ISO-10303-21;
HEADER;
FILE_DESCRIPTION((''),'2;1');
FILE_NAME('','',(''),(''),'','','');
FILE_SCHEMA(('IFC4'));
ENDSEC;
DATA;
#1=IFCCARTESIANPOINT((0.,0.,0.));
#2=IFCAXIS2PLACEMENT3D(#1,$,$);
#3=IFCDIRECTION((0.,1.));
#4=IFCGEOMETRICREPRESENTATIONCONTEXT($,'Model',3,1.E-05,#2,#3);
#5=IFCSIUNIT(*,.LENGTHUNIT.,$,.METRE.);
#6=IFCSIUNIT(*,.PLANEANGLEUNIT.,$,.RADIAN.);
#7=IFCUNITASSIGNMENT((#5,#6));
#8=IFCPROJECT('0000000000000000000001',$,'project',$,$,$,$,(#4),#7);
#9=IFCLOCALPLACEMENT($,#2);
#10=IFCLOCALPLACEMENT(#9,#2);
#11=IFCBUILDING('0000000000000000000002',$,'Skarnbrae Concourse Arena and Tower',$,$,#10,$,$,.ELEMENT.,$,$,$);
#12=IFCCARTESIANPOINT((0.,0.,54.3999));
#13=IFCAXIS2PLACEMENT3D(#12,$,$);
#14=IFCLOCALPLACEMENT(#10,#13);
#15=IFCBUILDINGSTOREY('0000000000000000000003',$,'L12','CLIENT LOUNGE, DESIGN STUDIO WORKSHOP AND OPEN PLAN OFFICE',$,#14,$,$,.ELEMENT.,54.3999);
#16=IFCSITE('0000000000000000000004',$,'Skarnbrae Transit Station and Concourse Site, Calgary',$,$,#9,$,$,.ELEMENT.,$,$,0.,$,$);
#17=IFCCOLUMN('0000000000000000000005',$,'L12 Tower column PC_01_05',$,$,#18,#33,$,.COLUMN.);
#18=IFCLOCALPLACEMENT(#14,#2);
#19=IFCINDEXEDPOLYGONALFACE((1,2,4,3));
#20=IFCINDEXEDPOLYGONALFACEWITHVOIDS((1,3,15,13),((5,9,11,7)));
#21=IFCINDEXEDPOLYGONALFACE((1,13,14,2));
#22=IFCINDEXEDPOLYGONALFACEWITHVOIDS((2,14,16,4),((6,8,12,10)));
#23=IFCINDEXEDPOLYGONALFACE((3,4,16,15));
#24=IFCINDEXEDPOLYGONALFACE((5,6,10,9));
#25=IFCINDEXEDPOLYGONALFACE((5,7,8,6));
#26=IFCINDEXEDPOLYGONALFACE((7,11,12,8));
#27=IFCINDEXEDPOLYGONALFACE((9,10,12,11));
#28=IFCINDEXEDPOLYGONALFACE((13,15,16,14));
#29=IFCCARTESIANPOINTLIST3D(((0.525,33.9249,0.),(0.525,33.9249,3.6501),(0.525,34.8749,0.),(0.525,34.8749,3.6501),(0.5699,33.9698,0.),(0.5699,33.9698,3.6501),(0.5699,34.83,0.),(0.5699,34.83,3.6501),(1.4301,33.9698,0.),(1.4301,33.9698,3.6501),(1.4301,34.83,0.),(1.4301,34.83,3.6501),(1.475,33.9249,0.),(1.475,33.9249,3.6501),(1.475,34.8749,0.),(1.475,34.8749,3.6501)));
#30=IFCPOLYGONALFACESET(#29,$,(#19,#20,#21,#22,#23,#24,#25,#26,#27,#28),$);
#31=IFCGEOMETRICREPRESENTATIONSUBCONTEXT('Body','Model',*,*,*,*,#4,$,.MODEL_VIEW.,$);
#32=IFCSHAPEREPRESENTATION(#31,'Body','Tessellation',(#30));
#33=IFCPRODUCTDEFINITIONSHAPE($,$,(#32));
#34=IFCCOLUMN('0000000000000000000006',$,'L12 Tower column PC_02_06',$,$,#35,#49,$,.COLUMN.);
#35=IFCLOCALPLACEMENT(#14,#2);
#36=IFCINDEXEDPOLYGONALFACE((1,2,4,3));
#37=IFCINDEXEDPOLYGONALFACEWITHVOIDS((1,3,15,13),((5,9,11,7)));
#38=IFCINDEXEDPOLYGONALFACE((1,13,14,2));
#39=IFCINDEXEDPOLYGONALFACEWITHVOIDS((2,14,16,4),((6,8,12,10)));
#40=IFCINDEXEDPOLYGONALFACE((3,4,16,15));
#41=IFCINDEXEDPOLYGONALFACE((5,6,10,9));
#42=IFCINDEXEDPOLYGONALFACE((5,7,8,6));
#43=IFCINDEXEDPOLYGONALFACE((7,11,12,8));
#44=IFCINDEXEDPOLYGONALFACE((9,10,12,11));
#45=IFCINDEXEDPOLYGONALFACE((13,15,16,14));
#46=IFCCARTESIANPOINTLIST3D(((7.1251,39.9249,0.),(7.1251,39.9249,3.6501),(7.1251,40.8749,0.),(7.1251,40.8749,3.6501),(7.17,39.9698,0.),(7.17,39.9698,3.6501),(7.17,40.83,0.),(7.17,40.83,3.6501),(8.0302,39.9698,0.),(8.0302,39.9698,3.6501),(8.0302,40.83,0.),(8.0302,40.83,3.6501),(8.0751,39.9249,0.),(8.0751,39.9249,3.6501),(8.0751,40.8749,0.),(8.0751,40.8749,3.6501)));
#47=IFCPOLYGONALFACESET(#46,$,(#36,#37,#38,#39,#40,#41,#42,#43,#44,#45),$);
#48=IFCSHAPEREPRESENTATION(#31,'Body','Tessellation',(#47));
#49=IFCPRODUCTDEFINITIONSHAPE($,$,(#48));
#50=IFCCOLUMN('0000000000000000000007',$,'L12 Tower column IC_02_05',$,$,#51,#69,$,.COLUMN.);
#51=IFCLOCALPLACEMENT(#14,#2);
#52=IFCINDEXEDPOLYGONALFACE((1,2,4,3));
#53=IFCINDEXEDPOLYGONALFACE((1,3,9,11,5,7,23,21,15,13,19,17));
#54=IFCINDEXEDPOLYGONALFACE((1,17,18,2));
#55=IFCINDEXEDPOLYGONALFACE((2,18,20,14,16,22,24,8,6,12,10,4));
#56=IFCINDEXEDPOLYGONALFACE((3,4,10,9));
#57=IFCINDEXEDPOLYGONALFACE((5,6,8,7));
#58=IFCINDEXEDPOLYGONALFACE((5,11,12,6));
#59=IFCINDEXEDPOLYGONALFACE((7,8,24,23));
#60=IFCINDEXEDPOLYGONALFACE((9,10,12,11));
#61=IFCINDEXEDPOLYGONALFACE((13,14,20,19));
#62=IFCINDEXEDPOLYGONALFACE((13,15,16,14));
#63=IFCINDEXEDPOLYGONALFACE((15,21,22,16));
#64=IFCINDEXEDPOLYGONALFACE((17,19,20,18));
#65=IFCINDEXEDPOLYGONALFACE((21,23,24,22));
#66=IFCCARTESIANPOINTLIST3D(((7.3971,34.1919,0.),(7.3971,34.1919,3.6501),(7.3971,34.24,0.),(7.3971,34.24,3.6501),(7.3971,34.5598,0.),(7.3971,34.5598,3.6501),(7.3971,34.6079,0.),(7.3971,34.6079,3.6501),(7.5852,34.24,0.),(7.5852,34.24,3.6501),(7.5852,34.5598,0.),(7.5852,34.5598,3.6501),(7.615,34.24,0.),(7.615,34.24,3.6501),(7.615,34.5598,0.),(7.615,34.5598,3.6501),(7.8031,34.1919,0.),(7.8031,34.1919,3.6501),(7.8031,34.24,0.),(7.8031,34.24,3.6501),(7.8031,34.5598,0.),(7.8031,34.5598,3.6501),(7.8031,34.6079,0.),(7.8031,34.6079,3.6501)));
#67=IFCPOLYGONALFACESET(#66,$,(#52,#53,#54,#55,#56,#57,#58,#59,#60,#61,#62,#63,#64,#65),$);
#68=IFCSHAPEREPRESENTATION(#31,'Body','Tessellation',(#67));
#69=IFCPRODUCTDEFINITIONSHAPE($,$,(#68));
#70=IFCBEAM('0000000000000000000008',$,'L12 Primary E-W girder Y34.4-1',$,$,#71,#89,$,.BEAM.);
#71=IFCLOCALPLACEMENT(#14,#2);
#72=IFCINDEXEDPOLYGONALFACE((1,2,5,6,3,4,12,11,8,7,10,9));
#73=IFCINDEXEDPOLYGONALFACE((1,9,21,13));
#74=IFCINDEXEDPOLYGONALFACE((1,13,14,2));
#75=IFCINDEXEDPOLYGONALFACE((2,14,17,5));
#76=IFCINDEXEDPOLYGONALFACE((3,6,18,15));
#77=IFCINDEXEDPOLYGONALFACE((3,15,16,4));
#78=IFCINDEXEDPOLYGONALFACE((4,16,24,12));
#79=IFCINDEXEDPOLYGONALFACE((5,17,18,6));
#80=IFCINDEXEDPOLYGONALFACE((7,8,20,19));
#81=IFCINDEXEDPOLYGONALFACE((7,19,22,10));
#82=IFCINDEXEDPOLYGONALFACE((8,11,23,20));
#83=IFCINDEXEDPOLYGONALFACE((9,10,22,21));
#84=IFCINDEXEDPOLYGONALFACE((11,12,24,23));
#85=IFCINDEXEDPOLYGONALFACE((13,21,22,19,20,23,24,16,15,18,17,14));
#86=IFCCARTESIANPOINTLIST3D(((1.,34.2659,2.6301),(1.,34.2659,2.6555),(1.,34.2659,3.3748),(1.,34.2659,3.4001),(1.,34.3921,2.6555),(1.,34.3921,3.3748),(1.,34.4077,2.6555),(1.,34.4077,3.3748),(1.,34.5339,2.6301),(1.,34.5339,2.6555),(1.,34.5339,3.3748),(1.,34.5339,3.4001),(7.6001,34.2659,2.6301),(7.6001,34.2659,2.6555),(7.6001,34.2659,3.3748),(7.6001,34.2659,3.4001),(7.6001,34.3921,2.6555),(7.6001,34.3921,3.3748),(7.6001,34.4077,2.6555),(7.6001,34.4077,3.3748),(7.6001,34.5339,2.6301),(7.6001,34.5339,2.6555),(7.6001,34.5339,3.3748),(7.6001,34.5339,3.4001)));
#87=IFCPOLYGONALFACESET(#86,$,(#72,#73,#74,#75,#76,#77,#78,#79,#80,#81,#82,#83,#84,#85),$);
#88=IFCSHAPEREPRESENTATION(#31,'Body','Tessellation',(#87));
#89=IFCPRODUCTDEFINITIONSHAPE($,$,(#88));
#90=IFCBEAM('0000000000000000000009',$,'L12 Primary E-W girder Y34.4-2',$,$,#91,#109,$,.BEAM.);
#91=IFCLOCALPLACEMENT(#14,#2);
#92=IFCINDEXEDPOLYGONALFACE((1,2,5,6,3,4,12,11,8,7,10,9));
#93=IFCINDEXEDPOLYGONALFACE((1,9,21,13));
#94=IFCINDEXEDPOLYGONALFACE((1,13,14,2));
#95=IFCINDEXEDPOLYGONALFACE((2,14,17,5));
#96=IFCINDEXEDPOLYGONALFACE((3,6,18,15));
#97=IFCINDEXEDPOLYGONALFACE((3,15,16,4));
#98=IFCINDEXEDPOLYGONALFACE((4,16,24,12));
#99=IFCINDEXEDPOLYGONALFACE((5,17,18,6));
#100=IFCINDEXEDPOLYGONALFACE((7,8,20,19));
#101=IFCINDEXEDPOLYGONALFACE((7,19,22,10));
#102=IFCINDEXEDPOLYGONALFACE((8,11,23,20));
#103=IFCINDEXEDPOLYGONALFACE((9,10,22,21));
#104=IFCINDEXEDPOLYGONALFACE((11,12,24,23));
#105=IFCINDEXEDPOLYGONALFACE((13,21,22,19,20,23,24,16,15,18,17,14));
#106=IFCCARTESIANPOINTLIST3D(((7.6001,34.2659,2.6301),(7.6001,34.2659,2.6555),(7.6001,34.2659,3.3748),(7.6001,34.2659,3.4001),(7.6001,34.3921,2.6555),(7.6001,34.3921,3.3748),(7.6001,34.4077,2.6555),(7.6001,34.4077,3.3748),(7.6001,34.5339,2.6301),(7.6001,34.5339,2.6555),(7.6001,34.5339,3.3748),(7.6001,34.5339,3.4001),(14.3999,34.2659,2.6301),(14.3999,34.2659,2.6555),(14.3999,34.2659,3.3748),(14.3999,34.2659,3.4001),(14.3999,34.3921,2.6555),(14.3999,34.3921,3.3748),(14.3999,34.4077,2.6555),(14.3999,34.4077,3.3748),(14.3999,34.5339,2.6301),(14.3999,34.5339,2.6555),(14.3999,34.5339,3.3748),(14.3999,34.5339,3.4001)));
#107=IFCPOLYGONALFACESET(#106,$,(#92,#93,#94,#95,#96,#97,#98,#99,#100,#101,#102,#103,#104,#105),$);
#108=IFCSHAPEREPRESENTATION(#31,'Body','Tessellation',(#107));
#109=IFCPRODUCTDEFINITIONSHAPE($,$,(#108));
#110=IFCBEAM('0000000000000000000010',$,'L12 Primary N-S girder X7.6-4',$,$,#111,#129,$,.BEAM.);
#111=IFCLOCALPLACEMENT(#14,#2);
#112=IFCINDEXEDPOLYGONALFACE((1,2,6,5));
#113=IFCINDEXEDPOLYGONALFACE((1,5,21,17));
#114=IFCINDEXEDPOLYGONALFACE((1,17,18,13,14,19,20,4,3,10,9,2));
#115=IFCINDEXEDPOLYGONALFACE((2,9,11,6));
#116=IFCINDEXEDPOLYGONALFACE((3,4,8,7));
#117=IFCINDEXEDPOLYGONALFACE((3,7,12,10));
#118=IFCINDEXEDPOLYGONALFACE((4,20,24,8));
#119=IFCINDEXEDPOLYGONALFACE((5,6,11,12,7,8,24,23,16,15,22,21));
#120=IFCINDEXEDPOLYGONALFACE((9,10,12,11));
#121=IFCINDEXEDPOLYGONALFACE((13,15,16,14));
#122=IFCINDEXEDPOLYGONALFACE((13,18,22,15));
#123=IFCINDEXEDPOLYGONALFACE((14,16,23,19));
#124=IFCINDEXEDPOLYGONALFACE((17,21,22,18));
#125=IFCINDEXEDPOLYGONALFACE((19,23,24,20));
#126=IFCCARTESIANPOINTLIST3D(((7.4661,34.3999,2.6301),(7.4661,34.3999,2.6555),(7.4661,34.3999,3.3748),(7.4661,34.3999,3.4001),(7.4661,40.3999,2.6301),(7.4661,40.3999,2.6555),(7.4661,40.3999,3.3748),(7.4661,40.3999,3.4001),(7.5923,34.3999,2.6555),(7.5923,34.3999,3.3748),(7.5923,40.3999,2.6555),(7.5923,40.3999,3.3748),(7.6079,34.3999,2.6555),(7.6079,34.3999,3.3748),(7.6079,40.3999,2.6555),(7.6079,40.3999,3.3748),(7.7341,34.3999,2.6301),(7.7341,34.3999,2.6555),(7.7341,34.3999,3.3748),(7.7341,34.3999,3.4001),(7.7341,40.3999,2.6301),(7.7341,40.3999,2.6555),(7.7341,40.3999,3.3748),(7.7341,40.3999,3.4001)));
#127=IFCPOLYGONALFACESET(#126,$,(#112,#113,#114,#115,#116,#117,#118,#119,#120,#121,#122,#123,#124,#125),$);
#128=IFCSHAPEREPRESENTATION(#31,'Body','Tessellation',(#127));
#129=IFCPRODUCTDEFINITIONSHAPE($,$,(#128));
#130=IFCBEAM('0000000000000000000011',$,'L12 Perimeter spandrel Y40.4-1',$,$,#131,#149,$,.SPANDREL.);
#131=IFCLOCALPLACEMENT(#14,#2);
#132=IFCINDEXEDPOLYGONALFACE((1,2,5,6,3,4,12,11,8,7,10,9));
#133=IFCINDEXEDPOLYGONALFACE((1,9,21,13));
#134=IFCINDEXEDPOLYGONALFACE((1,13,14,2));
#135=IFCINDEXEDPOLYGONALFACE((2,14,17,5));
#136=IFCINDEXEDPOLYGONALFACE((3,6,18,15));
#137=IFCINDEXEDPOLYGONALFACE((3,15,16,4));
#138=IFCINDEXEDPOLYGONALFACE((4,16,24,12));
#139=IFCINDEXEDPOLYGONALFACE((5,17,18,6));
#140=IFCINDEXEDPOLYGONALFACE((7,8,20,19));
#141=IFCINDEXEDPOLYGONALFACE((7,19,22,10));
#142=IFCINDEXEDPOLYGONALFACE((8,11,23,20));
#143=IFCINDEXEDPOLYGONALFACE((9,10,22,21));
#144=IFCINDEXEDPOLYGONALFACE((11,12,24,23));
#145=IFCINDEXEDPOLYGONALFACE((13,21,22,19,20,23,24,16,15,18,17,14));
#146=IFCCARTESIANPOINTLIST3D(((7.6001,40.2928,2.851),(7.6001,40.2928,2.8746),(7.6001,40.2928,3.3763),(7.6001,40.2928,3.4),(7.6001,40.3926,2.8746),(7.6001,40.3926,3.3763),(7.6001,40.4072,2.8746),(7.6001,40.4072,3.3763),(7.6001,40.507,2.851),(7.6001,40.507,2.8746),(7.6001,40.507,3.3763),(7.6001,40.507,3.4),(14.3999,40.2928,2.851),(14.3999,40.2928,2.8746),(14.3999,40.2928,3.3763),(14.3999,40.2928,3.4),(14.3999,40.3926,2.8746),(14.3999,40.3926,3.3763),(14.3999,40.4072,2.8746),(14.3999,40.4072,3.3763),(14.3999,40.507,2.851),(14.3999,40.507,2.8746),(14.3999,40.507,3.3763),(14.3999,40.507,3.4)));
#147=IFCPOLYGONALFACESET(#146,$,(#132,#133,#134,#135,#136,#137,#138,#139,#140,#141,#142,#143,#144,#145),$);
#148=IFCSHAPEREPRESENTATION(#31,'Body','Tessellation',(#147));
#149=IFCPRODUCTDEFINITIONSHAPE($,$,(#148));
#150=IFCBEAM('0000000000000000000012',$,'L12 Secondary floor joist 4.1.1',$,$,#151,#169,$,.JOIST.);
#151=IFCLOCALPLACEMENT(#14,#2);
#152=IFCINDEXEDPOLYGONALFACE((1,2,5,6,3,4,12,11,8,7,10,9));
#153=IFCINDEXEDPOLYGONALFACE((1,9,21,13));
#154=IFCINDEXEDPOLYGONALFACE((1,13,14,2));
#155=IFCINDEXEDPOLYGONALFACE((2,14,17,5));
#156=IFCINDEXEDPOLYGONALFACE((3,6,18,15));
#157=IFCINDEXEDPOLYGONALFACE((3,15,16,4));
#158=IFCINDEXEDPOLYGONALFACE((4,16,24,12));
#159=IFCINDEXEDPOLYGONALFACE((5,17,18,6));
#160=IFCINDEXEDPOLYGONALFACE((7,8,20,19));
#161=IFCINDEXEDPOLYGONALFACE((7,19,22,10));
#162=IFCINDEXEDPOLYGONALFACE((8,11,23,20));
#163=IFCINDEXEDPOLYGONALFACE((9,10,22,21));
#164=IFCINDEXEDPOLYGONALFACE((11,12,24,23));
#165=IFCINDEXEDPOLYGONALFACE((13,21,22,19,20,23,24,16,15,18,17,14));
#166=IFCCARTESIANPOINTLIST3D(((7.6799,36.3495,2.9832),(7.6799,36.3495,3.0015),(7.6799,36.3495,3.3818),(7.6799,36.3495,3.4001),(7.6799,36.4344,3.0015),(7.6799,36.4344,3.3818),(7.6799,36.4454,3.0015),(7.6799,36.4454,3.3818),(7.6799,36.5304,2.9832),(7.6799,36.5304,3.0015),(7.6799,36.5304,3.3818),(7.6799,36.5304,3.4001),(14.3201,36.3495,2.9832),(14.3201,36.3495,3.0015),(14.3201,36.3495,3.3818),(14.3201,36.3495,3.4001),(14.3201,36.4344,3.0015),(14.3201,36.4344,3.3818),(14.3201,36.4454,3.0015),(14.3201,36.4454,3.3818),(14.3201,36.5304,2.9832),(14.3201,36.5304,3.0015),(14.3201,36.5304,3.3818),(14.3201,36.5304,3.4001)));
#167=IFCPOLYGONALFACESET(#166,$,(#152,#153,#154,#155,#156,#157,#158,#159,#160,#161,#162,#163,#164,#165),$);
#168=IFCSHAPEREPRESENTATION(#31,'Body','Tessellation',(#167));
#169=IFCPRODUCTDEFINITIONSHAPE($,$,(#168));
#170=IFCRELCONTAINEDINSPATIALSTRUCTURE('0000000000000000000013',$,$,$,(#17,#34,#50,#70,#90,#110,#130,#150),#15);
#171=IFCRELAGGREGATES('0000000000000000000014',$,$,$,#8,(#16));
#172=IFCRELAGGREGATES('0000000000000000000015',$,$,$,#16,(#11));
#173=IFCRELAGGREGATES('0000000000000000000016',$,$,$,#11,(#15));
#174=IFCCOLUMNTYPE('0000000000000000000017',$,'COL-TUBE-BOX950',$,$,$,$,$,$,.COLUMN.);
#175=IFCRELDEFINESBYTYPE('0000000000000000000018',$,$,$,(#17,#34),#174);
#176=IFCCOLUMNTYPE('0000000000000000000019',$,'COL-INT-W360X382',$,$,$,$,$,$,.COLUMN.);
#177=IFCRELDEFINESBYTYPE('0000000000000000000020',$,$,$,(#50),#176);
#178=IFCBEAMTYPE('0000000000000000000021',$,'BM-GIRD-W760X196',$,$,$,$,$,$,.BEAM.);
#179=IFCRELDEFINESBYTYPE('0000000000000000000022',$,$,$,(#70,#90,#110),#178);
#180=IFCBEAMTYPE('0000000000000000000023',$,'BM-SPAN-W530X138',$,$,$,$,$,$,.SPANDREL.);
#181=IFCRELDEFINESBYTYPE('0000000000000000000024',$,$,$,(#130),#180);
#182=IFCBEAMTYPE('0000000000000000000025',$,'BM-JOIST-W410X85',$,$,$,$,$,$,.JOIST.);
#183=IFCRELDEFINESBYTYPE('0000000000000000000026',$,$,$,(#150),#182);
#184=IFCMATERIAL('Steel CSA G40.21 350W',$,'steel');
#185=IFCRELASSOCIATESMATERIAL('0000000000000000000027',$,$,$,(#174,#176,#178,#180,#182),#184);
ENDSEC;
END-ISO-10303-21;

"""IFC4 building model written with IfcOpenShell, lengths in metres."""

from ifc_helpers import new_model, si_unit, direction, frame, origin, origin_2d, place, context, subcontext, project, spatial, hollow_rectangle, i_section, extrude, source, transform, mapped, material, material_profile, profile_set, type_object, element, save


model = new_model("IFC4")

# Units and contexts
model_context = context("Model", 3, precision=1e-05, world=origin(), true_north=direction((0.0, 1.0)))
body_context = subcontext(model_context, "Body", "Model", "MODEL_VIEW")
ifc_project = project(units=[si_unit("LENGTHUNIT", "METRE"), si_unit("PLANEANGLEUNIT", "RADIAN")], contexts=[model_context])

# Site, building, storey
site_placement = place(None, origin())
site = spatial("IfcSite", under=ifc_project, at=site_placement, Name="Skarnbrae Transit Station and Concourse Site, Calgary", CompositionType="ELEMENT", RefElevation=0.0)
building_placement = place(site_placement, origin())
building = spatial("IfcBuilding", under=site, at=building_placement, Name="Skarnbrae Concourse Arena and Tower", CompositionType="ELEMENT")
storey_placement = place(building_placement, frame((0.0, 0.0, 54.3999)))
storey = spatial("IfcBuildingStorey", under=building, at=storey_placement, Name="L12", Description="CLIENT LOUNGE, DESIGN STUDIO WORKSHOP AND OPEN PLAN OFFICE", CompositionType="ELEMENT", Elevation=54.3999)

# Columns
ifc_material_1 = material(Name="Steel CSA G40.21 350W", Category="steel")
ifc_material_profile_1 = material_profile(ifc_material_1, hollow_rectangle(XDim=0.95, YDim=0.95, WallThickness=0.0449, at=origin_2d()), Name="BOX950X950X45")
ifc_profile_set_1 = profile_set([ifc_material_profile_1], Name="Steel CSA G40.21 350W")
column_type_1 = type_object("IfcColumnType", Name="COL-TUBE-BOX950", PredefinedType="COLUMN", material=ifc_profile_set_1)
shared_shape_1 = source(origin(), body_context, "Body", "SweptSolid", [
    extrude(hollow_rectangle(XDim=0.95, YDim=0.95, WallThickness=0.0449, at=origin_2d()), origin(), (0.0, 0.0, 1.0), 3.6501),
])
for number, where, z_axis, x_axis, name in (
    (1, (1.0, 34.3999, 0.0), (0.0, 0.0, 1.0), (1.0, 0.0, 0.0), "L12 Tower column PC_01_05"),
    (2, (7.6001, 40.3999, 0.0), (0.0, 0.0, 1.0), (1.0, 0.0, 0.0), "L12 Tower column PC_02_06"),
):
    element("IfcColumn", number, at=place(storey_placement, frame(where, z_axis=z_axis, x_axis=x_axis)), inside=storey, type_object=column_type_1, Name=name, PredefinedType="COLUMN", context=body_context, shape_type="MappedRepresentation", body=[
        mapped(shared_shape_1, transform((0.0, 0.0, 0.0))),
    ])
ifc_material_profile_2 = material_profile(ifc_material_1, i_section(OverallWidth=0.406, OverallDepth=0.416, WebThickness=0.0298, FlangeThickness=0.0481, at=origin_2d()), Name="W360X382")
ifc_profile_set_2 = profile_set([ifc_material_profile_2], Name="Steel CSA G40.21 350W")
column_type_2 = type_object("IfcColumnType", Name="COL-INT-W360X382", PredefinedType="COLUMN", material=ifc_profile_set_2)
shared_shape_2 = source(origin(), body_context, "Body", "SweptSolid", [
    extrude(i_section(OverallWidth=0.406, OverallDepth=0.416, WebThickness=0.0298, FlangeThickness=0.0481, at=origin_2d()), origin(), (0.0, 0.0, 1.0), 3.6501),
])
column_placement = place(storey_placement, frame((7.6001, 34.3999, 0.0), z_axis=(0.0, 0.0, 1.0), x_axis=(1.0, 0.0, 0.0)))
element("IfcColumn", 3, at=column_placement, inside=storey, type_object=column_type_2, Name="L12 Tower column IC_02_05", PredefinedType="COLUMN", context=body_context, shape_type="MappedRepresentation", body=[
    mapped(shared_shape_2, transform((0.0, 0.0, 0.0))),
])

# Beams
ifc_material_profile_3 = material_profile(ifc_material_1, i_section(OverallWidth=0.2681, OverallDepth=0.77, WebThickness=0.0156, FlangeThickness=0.0254, at=origin_2d()), Name="W760X196")
ifc_profile_set_3 = profile_set([ifc_material_profile_3], Name="Steel CSA G40.21 350W")
beam_type_1 = type_object("IfcBeamType", Name="BM-GIRD-W760X196", PredefinedType="BEAM", material=ifc_profile_set_3)
shared_shape_3 = source(origin(), body_context, "Body", "SweptSolid", [
    extrude(i_section(OverallWidth=0.2681, OverallDepth=0.77, WebThickness=0.0156, FlangeThickness=0.0254, at=origin_2d()), origin(), (0.0, 0.0, 1.0), 6.6001),
])
beam_1_placement = place(storey_placement, frame((1.0, 34.3999, 3.0151), z_axis=(1.0, 0.0, 0.0), x_axis=(0.0, 1.0, 0.0)))
element("IfcBeam", 4, at=beam_1_placement, inside=storey, type_object=beam_type_1, Name="L12 Primary E-W girder Y34.4-1", PredefinedType="BEAM", context=body_context, shape_type="MappedRepresentation", body=[
    mapped(shared_shape_3, transform((0.0, 0.0, 0.0))),
])
shared_shape_4 = source(origin(), body_context, "Body", "SweptSolid", [
    extrude(i_section(OverallWidth=0.2681, OverallDepth=0.77, WebThickness=0.0156, FlangeThickness=0.0254, at=origin_2d()), origin(), (0.0, 0.0, 1.0), 6.7998),
])
beam_2_placement = place(storey_placement, frame((7.6001, 34.3999, 3.0151), z_axis=(1.0, 0.0, 0.0), x_axis=(0.0, 1.0, 0.0)))
element("IfcBeam", 5, at=beam_2_placement, inside=storey, type_object=beam_type_1, Name="L12 Primary E-W girder Y34.4-2", PredefinedType="BEAM", context=body_context, shape_type="MappedRepresentation", body=[
    mapped(shared_shape_4, transform((0.0, 0.0, 0.0))),
])
shared_shape_5 = source(origin(), body_context, "Body", "SweptSolid", [
    extrude(i_section(OverallWidth=0.2681, OverallDepth=0.77, WebThickness=0.0156, FlangeThickness=0.0254, at=origin_2d()), origin(), (0.0, 0.0, 1.0), 6.0),
])
beam_3_placement = place(storey_placement, frame((7.6001, 34.3999, 3.0151), z_axis=(0.0, 1.0, 0.0), x_axis=(-1.0, 0.0, 0.0)))
element("IfcBeam", 6, at=beam_3_placement, inside=storey, type_object=beam_type_1, Name="L12 Primary N-S girder X7.6-4", PredefinedType="BEAM", context=body_context, shape_type="MappedRepresentation", body=[
    mapped(shared_shape_5, transform((0.0, 0.0, 0.0))),
])
ifc_material_profile_4 = material_profile(ifc_material_1, i_section(OverallWidth=0.2141, OverallDepth=0.5491, WebThickness=0.0146, FlangeThickness=0.0237, at=origin_2d()), Name="W530X138")
ifc_profile_set_4 = profile_set([ifc_material_profile_4], Name="Steel CSA G40.21 350W")
beam_type_2 = type_object("IfcBeamType", Name="BM-SPAN-W530X138", PredefinedType="SPANDREL", material=ifc_profile_set_4)
shared_shape_6 = source(origin(), body_context, "Body", "SweptSolid", [
    extrude(i_section(OverallWidth=0.2141, OverallDepth=0.5491, WebThickness=0.0146, FlangeThickness=0.0237, at=origin_2d()), origin(), (0.0, 0.0, 1.0), 6.7998),
])
beam_4_placement = place(storey_placement, frame((7.6001, 40.3999, 3.1255), z_axis=(1.0, 0.0, 0.0), x_axis=(0.0, 1.0, 0.0)))
element("IfcBeam", 7, at=beam_4_placement, inside=storey, type_object=beam_type_2, Name="L12 Perimeter spandrel Y40.4-1", PredefinedType="SPANDREL", context=body_context, shape_type="MappedRepresentation", body=[
    mapped(shared_shape_6, transform((0.0, 0.0, 0.0))),
])
ifc_material_profile_5 = material_profile(ifc_material_1, i_section(OverallWidth=0.1809, OverallDepth=0.417, WebThickness=0.011, FlangeThickness=0.0183, at=origin_2d()), Name="W410X85")
ifc_profile_set_5 = profile_set([ifc_material_profile_5], Name="Steel CSA G40.21 350W")
beam_type_3 = type_object("IfcBeamType", Name="BM-JOIST-W410X85", PredefinedType="JOIST", material=ifc_profile_set_5)
shared_shape_7 = source(origin(), body_context, "Body", "SweptSolid", [
    extrude(i_section(OverallWidth=0.1809, OverallDepth=0.417, WebThickness=0.011, FlangeThickness=0.0183, at=origin_2d()), origin(), (0.0, 0.0, 1.0), 6.6401),
])
for number, where, z_axis, x_axis, name in (
    (8, (7.6799, 36.4399, 3.1917), (1.0, 0.0, 0.0), (0.0, 1.0, 0.0), "L12 Secondary floor joist 4.1.1"),
):
    element("IfcBeam", number, at=place(storey_placement, frame(where, z_axis=z_axis, x_axis=x_axis)), inside=storey, type_object=beam_type_3, Name=name, PredefinedType="JOIST", context=body_context, shape_type="MappedRepresentation", body=[
        mapped(shared_shape_7, transform((0.0, 0.0, 0.0))),
    ])

save(model, "model.ifc")
